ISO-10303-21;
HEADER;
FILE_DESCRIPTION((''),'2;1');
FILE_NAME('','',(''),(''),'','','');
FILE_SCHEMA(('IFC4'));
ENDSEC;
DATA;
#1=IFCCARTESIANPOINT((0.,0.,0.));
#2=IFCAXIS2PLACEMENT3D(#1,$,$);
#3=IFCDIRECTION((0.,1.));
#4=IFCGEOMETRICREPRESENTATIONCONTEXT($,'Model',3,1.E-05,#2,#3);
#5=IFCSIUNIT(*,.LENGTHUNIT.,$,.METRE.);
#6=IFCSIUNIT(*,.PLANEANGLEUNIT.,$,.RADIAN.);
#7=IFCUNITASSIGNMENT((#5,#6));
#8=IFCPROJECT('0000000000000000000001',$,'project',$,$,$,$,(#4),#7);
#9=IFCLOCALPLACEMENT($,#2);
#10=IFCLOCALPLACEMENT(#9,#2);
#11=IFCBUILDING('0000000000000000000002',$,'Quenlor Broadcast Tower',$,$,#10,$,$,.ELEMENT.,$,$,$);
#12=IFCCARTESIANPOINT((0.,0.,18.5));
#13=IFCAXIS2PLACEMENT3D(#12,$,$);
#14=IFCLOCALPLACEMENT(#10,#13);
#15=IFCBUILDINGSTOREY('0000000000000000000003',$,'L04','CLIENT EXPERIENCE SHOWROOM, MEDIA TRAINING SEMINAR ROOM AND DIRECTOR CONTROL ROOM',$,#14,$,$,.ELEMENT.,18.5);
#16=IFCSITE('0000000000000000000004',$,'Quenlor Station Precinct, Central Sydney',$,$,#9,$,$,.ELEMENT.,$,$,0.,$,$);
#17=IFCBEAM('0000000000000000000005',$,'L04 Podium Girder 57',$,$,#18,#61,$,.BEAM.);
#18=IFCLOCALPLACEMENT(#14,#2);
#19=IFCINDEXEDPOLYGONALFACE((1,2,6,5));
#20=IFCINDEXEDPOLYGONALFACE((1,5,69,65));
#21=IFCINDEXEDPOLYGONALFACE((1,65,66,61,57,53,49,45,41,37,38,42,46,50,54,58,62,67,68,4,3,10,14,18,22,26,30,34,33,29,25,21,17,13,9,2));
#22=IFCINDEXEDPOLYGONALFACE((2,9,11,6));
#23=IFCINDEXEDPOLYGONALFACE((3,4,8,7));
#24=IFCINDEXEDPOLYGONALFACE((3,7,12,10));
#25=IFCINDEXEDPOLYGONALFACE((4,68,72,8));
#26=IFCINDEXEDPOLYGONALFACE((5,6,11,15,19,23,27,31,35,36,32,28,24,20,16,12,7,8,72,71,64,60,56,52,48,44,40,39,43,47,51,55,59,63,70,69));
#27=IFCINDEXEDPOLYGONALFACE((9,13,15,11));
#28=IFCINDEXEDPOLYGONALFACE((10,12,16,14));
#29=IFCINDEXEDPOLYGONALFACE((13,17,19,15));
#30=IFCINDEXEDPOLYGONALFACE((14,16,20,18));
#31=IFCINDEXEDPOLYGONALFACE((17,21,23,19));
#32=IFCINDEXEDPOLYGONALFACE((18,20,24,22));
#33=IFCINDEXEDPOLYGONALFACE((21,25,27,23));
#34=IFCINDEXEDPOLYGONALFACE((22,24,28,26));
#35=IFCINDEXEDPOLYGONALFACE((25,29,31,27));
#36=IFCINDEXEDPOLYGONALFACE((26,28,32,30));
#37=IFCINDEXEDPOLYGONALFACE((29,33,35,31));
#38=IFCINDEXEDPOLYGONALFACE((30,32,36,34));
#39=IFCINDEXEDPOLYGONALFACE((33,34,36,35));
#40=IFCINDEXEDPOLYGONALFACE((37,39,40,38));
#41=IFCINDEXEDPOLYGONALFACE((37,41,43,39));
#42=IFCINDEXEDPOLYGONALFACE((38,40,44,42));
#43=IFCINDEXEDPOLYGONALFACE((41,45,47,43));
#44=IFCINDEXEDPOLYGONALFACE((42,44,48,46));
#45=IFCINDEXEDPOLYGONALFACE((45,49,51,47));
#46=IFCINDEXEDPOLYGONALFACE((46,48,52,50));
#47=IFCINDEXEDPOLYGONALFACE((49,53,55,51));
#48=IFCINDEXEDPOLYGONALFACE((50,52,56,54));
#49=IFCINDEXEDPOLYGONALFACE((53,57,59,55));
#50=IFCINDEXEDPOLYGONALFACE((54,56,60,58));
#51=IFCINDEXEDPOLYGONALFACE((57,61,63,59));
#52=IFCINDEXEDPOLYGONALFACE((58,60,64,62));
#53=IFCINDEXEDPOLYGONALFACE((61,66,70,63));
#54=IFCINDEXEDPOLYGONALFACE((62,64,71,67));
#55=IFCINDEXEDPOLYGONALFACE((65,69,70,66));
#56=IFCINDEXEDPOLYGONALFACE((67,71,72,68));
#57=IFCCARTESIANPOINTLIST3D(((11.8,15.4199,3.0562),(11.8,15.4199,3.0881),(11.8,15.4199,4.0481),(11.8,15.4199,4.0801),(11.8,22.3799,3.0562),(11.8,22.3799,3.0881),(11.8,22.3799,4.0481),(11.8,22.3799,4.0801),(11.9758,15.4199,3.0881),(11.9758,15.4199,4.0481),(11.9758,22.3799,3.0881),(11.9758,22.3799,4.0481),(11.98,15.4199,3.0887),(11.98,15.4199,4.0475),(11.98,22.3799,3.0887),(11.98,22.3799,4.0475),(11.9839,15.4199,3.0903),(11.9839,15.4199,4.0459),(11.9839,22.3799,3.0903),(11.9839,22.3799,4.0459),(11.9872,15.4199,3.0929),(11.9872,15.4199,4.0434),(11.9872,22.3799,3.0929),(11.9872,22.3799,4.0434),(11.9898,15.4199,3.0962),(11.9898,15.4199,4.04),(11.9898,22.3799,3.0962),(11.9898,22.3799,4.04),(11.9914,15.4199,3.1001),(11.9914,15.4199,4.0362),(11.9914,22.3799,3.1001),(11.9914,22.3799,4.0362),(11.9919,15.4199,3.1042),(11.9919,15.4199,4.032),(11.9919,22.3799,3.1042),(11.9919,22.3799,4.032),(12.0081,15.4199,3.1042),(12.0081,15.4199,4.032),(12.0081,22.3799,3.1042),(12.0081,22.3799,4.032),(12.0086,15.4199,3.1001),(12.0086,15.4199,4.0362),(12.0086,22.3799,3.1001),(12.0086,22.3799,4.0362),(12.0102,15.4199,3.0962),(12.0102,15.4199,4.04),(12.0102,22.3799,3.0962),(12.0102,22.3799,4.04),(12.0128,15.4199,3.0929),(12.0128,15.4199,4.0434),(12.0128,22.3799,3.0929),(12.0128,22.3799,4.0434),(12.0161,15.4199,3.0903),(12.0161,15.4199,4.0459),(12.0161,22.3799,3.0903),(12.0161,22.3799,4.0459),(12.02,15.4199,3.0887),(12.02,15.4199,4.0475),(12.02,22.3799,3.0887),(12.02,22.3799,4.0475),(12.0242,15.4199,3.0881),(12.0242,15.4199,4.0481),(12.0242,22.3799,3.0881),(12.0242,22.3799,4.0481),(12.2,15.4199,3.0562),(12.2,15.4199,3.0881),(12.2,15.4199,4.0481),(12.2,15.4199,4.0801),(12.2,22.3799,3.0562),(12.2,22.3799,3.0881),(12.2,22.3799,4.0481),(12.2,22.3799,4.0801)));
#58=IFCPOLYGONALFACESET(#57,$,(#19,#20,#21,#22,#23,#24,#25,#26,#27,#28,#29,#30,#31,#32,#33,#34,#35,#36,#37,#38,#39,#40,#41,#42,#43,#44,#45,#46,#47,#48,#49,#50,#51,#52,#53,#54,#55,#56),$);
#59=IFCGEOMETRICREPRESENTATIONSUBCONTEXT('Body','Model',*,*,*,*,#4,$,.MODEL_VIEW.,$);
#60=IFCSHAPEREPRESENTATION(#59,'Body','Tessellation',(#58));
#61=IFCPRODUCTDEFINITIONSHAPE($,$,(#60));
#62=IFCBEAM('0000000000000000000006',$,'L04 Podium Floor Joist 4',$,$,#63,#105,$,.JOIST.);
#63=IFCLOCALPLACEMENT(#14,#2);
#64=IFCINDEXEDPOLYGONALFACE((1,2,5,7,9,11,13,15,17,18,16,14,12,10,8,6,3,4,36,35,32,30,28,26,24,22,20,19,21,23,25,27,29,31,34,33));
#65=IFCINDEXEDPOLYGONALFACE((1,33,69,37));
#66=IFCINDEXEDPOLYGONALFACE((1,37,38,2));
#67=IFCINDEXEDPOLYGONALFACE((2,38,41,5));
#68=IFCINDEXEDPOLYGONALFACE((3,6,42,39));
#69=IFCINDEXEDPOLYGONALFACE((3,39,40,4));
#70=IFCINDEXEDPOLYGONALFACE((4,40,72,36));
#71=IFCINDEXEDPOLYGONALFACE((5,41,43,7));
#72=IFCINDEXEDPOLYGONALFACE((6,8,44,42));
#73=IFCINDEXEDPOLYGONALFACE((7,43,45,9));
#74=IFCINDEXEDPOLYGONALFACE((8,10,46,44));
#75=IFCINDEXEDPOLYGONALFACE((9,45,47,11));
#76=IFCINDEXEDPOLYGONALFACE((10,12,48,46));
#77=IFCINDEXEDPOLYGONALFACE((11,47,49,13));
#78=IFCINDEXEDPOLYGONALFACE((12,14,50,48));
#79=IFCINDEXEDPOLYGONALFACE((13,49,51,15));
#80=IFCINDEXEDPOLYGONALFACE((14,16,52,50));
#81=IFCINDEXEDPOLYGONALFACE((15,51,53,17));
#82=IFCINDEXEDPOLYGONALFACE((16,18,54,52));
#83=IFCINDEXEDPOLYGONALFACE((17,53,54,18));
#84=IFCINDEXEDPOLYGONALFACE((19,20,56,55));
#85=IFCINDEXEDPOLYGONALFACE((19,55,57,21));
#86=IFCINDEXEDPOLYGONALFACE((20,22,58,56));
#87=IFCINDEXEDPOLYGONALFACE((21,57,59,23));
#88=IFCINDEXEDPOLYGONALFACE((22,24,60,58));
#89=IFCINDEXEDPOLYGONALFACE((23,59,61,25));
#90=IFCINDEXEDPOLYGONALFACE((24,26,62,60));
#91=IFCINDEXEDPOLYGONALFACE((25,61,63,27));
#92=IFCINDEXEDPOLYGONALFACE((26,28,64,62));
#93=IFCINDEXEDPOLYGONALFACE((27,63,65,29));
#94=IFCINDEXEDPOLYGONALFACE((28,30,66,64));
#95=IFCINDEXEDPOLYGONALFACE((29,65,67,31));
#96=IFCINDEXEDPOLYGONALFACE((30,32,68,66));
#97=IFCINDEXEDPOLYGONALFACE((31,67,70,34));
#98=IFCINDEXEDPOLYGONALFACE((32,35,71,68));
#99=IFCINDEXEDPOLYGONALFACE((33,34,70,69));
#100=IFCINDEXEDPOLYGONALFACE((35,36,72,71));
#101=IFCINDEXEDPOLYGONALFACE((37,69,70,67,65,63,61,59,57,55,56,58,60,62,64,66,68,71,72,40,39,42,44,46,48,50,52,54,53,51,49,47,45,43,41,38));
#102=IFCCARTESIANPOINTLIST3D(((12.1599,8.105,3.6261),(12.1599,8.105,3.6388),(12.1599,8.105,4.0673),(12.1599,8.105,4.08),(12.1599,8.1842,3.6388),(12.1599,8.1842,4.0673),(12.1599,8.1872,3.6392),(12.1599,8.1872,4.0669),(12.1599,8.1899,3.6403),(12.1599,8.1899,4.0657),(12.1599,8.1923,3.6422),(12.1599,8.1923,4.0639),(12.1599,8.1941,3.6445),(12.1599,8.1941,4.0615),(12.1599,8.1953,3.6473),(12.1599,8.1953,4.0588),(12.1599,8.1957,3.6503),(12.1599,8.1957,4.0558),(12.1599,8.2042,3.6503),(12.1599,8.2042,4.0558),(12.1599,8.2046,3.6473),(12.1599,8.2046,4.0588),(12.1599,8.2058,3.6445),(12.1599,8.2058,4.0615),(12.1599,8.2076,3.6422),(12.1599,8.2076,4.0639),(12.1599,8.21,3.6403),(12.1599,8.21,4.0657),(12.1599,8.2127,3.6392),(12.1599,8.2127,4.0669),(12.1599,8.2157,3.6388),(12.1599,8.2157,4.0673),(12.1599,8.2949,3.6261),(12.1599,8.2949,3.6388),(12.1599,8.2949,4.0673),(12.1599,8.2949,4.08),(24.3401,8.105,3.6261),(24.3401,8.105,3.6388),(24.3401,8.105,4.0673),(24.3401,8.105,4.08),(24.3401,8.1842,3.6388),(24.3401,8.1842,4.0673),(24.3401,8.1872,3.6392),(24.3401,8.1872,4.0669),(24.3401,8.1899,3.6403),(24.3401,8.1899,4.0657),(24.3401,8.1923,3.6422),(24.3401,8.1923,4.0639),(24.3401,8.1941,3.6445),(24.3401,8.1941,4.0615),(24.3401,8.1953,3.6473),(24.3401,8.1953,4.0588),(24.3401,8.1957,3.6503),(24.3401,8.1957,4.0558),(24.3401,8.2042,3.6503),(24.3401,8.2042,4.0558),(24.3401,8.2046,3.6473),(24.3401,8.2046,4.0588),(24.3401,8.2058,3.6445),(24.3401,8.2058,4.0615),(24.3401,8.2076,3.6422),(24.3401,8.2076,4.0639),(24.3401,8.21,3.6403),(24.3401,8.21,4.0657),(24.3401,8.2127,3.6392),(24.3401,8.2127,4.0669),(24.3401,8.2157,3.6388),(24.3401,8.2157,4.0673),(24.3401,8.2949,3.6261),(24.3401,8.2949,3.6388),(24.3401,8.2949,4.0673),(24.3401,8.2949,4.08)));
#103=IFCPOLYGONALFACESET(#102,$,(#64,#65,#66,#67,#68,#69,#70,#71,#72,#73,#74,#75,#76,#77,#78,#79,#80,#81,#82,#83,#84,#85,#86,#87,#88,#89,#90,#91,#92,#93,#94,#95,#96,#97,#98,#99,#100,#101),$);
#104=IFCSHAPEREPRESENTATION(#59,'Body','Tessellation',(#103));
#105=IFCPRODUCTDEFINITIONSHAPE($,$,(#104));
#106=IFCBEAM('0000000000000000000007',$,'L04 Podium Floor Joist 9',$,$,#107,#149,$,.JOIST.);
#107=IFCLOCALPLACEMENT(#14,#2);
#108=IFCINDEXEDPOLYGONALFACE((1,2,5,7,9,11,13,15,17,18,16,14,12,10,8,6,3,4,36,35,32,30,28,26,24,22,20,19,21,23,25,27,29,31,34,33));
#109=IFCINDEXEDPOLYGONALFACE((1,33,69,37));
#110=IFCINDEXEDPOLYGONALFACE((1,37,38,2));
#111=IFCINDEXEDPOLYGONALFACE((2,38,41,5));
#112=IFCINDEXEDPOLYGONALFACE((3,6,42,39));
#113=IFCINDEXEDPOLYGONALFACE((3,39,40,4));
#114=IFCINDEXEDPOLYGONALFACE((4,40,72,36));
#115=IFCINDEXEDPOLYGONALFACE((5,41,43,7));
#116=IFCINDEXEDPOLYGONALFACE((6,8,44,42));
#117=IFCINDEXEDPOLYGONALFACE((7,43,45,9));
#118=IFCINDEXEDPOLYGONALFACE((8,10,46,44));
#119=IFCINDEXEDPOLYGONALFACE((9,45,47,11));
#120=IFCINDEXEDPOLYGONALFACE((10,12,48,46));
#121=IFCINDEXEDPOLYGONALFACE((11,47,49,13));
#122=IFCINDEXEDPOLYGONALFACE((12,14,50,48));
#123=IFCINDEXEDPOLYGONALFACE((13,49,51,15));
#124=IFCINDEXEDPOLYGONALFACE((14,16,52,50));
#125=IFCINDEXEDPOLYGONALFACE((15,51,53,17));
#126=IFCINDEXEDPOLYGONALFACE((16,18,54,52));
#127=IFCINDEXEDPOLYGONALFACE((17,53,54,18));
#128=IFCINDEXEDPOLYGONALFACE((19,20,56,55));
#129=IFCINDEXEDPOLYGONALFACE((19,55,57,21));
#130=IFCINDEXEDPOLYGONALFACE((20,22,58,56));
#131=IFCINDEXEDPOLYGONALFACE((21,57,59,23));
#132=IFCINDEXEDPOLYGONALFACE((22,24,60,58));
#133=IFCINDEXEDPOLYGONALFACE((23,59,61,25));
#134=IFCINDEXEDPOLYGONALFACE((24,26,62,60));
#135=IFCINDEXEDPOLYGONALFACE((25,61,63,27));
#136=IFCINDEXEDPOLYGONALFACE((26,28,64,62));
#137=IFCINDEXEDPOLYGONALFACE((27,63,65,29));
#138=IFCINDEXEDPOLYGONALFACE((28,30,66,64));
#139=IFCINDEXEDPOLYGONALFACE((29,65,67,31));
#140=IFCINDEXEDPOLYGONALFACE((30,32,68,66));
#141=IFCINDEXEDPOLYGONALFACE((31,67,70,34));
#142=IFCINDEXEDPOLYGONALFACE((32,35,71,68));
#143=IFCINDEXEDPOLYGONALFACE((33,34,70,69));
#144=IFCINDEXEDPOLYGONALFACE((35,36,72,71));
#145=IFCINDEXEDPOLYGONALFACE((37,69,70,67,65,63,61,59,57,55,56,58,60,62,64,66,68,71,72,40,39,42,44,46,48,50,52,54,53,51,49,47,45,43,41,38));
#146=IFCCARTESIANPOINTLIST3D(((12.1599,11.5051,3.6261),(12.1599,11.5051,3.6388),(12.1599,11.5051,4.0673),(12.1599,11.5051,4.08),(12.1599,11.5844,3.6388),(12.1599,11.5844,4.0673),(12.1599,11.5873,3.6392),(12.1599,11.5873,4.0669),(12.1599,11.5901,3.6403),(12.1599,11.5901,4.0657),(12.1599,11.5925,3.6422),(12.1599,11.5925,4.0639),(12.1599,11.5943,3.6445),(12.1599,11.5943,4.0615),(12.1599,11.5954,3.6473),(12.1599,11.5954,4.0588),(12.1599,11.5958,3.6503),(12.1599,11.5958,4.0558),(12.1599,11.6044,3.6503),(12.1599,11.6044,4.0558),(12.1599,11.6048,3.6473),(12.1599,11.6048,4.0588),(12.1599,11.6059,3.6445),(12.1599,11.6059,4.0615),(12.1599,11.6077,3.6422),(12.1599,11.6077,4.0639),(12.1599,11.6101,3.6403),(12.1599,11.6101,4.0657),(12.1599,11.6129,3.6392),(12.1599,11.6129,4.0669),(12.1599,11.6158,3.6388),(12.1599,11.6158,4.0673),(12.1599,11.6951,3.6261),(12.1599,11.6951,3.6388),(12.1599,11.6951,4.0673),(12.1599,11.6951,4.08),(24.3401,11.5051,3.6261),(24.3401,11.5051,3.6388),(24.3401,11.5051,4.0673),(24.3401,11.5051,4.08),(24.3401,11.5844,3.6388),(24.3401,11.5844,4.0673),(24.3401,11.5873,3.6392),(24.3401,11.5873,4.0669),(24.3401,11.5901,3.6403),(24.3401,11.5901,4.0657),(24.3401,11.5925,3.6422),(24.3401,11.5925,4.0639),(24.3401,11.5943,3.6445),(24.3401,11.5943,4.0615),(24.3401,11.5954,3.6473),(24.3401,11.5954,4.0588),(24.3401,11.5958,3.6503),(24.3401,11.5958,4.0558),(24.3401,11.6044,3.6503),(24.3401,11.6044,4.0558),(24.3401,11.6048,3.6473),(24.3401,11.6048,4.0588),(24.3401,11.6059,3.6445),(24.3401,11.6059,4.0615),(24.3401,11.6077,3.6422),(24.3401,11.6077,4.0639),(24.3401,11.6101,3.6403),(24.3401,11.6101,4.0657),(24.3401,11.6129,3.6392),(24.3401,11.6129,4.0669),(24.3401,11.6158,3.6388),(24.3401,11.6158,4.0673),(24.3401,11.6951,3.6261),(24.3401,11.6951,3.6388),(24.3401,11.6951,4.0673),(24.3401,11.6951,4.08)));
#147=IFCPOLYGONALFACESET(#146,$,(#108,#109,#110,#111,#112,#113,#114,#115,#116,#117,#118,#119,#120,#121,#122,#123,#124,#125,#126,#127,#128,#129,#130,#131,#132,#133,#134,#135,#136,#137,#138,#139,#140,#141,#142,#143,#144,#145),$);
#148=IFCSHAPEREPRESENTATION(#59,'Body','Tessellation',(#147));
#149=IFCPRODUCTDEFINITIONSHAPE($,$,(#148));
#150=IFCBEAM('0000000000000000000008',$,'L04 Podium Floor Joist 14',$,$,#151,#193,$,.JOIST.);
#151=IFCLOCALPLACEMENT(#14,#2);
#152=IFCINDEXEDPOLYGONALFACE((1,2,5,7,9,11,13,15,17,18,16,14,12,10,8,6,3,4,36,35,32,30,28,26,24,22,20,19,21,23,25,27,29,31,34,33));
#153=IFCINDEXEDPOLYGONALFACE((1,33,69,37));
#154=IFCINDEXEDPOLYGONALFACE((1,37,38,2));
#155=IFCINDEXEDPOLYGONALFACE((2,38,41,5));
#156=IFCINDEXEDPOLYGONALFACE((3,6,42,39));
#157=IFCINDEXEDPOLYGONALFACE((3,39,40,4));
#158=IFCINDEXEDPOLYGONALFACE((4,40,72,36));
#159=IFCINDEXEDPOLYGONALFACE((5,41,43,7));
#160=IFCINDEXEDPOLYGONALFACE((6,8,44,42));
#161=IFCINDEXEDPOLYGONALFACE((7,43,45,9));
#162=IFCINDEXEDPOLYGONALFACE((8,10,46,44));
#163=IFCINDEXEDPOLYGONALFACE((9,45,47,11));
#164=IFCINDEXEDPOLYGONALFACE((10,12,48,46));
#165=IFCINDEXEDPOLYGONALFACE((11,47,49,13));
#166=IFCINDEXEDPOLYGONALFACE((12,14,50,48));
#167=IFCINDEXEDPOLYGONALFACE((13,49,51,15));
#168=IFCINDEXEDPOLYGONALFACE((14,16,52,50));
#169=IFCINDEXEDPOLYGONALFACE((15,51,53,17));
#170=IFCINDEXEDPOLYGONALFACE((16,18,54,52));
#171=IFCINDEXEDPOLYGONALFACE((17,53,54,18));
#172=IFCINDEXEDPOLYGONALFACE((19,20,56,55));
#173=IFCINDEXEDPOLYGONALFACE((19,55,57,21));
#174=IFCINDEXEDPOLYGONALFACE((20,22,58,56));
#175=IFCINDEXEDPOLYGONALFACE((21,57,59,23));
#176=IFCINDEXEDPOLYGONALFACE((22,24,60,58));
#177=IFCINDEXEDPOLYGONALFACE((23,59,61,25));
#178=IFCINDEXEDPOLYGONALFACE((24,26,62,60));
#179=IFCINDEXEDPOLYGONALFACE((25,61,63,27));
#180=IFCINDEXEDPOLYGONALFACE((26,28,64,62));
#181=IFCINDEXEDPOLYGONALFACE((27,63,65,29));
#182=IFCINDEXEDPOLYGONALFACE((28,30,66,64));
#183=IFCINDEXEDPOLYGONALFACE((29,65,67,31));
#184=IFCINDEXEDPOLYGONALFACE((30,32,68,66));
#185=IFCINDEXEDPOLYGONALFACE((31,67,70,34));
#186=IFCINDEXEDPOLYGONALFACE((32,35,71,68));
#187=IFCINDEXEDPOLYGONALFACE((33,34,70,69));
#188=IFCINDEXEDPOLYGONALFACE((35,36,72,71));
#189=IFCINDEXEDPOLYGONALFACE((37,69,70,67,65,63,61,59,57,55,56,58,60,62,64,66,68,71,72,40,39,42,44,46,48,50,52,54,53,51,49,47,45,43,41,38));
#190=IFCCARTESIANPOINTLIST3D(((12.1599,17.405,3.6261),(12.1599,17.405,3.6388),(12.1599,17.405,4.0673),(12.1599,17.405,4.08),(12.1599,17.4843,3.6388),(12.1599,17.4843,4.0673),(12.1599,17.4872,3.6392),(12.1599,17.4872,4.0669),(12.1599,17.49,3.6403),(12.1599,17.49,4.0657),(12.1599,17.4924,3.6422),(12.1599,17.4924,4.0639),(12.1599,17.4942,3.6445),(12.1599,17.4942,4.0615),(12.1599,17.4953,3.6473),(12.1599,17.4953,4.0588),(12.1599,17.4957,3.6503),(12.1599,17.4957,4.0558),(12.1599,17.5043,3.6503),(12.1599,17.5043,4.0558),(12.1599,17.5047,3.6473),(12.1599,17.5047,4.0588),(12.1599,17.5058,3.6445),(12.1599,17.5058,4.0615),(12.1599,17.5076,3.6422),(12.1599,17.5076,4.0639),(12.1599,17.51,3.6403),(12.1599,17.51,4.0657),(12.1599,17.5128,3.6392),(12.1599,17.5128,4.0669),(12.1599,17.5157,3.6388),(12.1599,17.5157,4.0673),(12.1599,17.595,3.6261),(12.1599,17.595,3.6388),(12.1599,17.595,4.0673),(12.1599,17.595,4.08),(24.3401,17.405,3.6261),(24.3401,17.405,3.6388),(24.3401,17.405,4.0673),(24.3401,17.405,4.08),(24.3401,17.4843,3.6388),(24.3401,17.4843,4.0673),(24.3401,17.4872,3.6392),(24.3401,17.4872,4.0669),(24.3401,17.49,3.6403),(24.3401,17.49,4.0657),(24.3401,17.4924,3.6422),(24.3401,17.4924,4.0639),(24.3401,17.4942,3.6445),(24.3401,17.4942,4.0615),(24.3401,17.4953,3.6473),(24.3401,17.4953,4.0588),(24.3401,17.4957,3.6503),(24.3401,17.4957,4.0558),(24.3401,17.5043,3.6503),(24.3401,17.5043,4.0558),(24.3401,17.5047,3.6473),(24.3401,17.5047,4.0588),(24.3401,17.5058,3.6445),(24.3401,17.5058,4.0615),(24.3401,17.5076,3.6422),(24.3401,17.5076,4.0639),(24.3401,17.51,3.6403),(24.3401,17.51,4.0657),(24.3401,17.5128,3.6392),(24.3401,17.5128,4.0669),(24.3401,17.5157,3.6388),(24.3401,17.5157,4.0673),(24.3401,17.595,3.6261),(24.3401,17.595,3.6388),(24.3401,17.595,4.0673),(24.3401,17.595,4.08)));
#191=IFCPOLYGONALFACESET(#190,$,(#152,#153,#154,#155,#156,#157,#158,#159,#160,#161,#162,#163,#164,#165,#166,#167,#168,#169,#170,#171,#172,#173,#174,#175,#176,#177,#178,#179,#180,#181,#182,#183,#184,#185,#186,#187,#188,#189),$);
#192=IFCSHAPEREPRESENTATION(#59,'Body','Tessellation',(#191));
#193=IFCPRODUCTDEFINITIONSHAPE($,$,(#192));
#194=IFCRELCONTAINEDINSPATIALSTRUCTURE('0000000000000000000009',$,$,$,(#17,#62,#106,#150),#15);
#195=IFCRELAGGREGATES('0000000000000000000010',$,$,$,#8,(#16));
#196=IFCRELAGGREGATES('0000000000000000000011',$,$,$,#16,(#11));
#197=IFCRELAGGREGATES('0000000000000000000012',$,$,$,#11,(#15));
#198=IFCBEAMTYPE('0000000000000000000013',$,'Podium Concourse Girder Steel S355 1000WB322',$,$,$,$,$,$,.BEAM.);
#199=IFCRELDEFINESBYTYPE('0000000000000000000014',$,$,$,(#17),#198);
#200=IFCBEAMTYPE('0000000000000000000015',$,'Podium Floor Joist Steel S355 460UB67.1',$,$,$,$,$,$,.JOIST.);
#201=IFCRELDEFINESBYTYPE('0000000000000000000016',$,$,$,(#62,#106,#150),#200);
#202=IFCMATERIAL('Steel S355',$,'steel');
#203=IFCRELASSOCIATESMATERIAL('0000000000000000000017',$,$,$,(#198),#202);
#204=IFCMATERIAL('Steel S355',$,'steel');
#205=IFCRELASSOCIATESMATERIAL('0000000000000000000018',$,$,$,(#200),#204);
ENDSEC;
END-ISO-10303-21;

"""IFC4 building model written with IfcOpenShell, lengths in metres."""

from ifc_helpers import new_model, si_unit, direction, frame, origin, origin_2d, place, context, subcontext, project, spatial, i_section, extrude, material, material_profile, profile_set, type_object, element, save


model = new_model("IFC4")

# Units and contexts
model_context = context("Model", 3, precision=1e-05, world=origin(), true_north=direction((0.0, 1.0)))
body_context = subcontext(model_context, "Body", "Model", "MODEL_VIEW")
ifc_project = project(units=[si_unit("LENGTHUNIT", "METRE"), si_unit("PLANEANGLEUNIT", "RADIAN")], contexts=[model_context])

# Site, building, storey
site_placement = place(None, origin())
site = spatial("IfcSite", under=ifc_project, at=site_placement, Name="Quenlor Station Precinct, Central Sydney", CompositionType="ELEMENT", RefElevation=0.0)
building_placement = place(site_placement, origin())
building = spatial("IfcBuilding", under=site, at=building_placement, Name="Quenlor Broadcast Tower", CompositionType="ELEMENT")
storey_placement = place(building_placement, frame((0.0, 0.0, 18.5)))
storey = spatial("IfcBuildingStorey", under=building, at=storey_placement, Name="L04", Description="CLIENT EXPERIENCE SHOWROOM, MEDIA TRAINING SEMINAR ROOM AND DIRECTOR CONTROL ROOM", CompositionType="ELEMENT", Elevation=18.5)

# Beams
ifc_material_1 = material(Name="Steel S355", Category="steel")
ifc_material_profile_1 = material_profile(ifc_material_1, i_section(OverallWidth=0.3999, OverallDepth=1.0239, WebThickness=0.0161, FlangeThickness=0.032, FilletRadius=0.0161, at=origin_2d()))
ifc_profile_set_1 = profile_set([ifc_material_profile_1], Name="Steel S355 1000WB322")
beam_type_1 = type_object("IfcBeamType", Name="Podium Concourse Girder Steel S355 1000WB322", PredefinedType="BEAM", material=ifc_profile_set_1)
beam_1_placement = place(storey_placement, frame((12.0, 15.4199, 3.5681), z_axis=(0.0, 1.0, 0.0), x_axis=(-1.0, 0.0, 0.0)))
element("IfcBeam", 1, at=beam_1_placement, inside=storey, type_object=beam_type_1, Name="L04 Podium Girder 57", PredefinedType="BEAM", context=body_context, shape_type="SweptSolid", body=[
    extrude(i_section(OverallWidth=0.3999, OverallDepth=1.0239, WebThickness=0.0161, FlangeThickness=0.032, FilletRadius=0.0161, at=origin_2d()), origin(), (0.0, 0.0, 1.0), 6.96),
])
ifc_material_2 = material(Name="Steel S355", Category="steel")
ifc_material_profile_2 = material_profile(ifc_material_2, i_section(OverallWidth=0.1899, OverallDepth=0.4539, WebThickness=0.0085, FlangeThickness=0.0127, FilletRadius=0.0115, at=origin_2d()))
ifc_profile_set_2 = profile_set([ifc_material_profile_2], Name="Steel S355 460UB67.1")
beam_type_2 = type_object("IfcBeamType", Name="Podium Floor Joist Steel S355 460UB67.1", PredefinedType="JOIST", material=ifc_profile_set_2)
for number, where, z_axis, x_axis, name in (
    (2, (12.1599, 8.2, 3.853), (1.0, 0.0, 0.0), (0.0, 1.0, 0.0), "L04 Podium Floor Joist 4"),
    (3, (12.1599, 11.6001, 3.853), (1.0, 0.0, 0.0), (0.0, 1.0, 0.0), "L04 Podium Floor Joist 9"),
    (4, (12.1599, 17.5, 3.853), (1.0, 0.0, 0.0), (0.0, 1.0, 0.0), "L04 Podium Floor Joist 14"),
):
    element("IfcBeam", number, at=place(storey_placement, frame(where, z_axis=z_axis, x_axis=x_axis)), inside=storey, type_object=beam_type_2, Name=name, PredefinedType="JOIST", context=body_context, shape_type="SweptSolid", body=[
        extrude(i_section(OverallWidth=0.1899, OverallDepth=0.4539, WebThickness=0.0085, FlangeThickness=0.0127, FilletRadius=0.0115, at=origin_2d()), origin(), (0.0, 0.0, 1.0), 12.1802),
    ])

save(model, "model.ifc")
